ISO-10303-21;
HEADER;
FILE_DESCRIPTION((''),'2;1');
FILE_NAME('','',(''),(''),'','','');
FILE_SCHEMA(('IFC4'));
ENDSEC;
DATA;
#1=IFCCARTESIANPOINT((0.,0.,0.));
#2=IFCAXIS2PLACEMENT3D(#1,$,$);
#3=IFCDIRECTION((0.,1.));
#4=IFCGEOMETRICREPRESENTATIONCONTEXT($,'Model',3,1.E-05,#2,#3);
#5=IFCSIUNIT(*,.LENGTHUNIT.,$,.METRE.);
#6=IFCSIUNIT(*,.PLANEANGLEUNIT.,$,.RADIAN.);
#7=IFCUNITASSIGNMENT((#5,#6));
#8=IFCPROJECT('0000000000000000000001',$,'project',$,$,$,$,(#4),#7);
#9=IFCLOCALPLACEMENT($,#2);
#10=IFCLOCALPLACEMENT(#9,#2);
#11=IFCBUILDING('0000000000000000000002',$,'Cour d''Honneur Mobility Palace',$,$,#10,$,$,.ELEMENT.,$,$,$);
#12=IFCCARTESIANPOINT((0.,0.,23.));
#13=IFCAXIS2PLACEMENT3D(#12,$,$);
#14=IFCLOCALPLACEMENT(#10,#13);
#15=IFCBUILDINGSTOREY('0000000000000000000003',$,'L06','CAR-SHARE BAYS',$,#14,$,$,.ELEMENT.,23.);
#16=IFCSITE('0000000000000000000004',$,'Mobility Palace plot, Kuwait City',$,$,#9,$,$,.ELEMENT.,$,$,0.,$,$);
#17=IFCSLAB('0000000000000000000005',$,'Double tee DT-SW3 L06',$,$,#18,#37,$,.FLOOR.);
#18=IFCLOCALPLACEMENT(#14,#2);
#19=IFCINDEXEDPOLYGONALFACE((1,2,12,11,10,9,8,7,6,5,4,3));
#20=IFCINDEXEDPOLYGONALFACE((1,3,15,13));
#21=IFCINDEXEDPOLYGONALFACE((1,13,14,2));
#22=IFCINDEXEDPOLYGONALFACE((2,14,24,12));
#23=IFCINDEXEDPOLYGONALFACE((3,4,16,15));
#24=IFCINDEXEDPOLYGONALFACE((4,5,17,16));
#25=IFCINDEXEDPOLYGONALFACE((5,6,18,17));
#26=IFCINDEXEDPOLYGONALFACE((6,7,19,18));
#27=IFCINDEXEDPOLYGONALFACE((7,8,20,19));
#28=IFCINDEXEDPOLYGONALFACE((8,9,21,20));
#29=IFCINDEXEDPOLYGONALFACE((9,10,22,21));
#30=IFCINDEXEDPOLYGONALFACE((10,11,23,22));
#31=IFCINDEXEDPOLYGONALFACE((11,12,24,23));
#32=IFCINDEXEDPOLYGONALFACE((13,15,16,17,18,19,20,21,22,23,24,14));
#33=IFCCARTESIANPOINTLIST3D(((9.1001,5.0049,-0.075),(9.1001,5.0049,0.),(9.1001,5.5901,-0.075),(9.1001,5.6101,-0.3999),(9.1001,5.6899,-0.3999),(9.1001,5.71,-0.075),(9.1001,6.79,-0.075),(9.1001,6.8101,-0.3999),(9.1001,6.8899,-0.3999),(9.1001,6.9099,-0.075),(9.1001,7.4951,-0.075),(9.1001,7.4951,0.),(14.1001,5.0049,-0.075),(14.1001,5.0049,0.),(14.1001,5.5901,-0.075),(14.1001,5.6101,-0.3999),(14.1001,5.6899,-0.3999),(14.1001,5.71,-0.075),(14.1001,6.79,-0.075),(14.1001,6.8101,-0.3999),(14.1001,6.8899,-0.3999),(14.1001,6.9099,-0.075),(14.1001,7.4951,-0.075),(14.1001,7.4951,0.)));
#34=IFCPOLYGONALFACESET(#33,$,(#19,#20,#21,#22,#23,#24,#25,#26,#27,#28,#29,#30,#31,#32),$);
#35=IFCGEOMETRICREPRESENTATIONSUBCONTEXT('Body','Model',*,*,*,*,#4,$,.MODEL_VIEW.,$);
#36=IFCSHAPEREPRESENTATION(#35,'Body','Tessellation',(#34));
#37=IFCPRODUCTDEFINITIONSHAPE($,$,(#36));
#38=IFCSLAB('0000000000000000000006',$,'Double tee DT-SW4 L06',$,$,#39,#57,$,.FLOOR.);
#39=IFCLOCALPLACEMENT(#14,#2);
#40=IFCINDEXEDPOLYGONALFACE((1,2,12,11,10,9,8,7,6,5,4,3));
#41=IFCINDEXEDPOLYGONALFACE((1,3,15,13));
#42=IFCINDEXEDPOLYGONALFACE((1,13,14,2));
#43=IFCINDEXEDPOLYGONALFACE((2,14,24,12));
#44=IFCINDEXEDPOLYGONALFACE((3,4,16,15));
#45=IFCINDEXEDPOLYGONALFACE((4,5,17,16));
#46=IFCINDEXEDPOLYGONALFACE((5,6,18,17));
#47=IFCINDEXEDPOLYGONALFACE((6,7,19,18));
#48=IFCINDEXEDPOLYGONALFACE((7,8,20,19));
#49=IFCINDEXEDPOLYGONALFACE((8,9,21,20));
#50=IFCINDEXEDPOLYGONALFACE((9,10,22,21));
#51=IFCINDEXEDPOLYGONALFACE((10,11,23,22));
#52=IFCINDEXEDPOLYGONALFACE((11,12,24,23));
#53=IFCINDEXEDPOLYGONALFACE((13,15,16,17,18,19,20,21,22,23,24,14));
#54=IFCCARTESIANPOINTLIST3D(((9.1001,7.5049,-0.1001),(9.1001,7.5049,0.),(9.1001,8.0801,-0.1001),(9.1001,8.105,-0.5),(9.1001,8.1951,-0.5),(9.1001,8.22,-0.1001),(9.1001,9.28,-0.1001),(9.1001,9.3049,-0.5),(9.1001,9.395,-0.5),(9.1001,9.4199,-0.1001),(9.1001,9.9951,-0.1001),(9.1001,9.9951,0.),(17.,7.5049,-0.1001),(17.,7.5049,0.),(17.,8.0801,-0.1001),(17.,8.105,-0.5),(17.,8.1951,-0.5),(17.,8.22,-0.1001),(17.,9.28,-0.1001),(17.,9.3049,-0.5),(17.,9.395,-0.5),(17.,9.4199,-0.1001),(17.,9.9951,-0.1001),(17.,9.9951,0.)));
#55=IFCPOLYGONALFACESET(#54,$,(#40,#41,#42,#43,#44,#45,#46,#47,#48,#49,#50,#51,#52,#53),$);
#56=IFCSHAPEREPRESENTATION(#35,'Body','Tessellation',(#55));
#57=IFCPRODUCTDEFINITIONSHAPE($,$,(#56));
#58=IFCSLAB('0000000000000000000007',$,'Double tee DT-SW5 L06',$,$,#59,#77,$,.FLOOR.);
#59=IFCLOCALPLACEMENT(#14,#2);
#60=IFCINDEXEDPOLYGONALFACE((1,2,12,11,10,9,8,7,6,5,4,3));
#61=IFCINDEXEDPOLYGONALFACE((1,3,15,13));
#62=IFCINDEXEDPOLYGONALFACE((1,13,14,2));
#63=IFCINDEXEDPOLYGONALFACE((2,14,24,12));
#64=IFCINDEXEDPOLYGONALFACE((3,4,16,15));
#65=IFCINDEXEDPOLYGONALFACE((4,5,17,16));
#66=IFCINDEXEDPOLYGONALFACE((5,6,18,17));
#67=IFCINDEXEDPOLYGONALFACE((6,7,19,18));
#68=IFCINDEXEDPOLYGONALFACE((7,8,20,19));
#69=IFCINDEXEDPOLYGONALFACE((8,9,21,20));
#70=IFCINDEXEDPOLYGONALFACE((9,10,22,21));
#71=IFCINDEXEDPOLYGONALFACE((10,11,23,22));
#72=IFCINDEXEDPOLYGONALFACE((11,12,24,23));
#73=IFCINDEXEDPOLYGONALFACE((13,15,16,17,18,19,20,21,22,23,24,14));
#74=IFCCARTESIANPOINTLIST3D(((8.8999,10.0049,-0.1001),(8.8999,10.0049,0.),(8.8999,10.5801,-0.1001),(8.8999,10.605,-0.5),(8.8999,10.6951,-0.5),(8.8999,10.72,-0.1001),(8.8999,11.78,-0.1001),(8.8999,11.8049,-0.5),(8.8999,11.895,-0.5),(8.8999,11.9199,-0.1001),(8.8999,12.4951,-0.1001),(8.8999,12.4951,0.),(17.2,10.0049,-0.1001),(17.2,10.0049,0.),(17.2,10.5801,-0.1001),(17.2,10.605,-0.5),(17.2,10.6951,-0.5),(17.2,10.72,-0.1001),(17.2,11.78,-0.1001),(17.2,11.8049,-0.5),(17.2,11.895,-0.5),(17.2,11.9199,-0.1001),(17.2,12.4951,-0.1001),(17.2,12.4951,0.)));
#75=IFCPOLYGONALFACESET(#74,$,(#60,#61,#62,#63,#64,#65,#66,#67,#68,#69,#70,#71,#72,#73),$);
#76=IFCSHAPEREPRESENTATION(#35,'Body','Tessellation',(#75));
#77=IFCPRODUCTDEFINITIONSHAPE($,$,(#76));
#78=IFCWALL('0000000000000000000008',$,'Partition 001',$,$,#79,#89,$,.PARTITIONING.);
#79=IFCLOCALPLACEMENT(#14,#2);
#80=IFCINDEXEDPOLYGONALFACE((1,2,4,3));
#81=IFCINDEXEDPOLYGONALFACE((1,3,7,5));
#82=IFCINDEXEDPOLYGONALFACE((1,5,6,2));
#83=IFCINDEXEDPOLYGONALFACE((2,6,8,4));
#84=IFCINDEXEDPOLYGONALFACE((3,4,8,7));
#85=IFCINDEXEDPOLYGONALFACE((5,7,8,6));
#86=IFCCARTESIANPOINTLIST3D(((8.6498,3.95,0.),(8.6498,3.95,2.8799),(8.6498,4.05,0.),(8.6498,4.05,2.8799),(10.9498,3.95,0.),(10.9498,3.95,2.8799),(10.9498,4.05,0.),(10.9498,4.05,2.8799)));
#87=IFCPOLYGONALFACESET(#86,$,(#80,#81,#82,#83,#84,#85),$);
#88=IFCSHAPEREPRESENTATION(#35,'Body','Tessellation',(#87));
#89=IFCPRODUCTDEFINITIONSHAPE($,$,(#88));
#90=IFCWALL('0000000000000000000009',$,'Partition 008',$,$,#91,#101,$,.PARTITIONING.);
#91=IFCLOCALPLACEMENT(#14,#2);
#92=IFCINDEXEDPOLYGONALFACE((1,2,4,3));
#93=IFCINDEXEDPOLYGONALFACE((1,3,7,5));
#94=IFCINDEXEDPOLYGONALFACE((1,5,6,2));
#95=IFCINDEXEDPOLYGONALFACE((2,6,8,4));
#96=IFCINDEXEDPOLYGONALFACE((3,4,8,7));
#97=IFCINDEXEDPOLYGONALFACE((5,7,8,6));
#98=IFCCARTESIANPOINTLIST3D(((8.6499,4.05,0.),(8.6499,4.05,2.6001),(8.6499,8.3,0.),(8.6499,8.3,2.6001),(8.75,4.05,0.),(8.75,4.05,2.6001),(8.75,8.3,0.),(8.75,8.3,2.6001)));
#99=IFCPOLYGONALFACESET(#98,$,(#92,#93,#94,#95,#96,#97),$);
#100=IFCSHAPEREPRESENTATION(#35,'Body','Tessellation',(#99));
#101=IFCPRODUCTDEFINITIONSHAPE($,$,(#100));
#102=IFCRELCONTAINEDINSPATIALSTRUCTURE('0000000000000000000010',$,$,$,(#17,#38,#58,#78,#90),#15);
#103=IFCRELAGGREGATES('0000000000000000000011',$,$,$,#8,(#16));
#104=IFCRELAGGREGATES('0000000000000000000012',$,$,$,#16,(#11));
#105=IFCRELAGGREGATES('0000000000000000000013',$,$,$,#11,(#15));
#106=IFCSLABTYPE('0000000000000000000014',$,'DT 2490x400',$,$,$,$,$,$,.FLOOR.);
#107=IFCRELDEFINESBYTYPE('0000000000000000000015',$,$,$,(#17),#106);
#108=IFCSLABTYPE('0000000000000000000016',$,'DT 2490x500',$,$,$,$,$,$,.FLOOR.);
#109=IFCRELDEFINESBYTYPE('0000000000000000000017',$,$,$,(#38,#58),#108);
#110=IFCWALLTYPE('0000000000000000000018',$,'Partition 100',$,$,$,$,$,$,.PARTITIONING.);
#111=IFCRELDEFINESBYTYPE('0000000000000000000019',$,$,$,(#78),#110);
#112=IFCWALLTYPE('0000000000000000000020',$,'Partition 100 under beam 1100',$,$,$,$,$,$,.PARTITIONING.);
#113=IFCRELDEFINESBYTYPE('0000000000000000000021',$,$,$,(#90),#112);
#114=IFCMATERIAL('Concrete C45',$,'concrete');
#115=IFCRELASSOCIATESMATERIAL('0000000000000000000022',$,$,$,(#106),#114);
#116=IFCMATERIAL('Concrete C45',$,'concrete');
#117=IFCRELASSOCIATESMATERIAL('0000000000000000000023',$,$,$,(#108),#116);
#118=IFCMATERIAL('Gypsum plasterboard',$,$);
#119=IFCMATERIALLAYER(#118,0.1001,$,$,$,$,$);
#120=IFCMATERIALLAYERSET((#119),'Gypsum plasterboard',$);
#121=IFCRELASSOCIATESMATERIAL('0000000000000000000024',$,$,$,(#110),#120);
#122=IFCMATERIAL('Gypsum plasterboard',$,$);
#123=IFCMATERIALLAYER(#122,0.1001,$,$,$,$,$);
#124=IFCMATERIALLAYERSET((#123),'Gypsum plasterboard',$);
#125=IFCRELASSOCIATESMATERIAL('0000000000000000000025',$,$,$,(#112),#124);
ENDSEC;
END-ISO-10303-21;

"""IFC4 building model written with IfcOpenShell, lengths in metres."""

from ifc_helpers import new_model, si_unit, direction, frame, frame_2d, origin, place, context, subcontext, project, spatial, polyline, rectangle, outline, extrude, material, layer, layer_set, material_profile, profile_set, type_object, element, save


model = new_model("IFC4")

# Units and contexts
model_context = context("Model", 3, precision=1e-05, world=origin(), true_north=direction((0.0, 1.0)))
body_context = subcontext(model_context, "Body", "Model", "MODEL_VIEW")
ifc_project = project(units=[si_unit("LENGTHUNIT", "METRE"), si_unit("PLANEANGLEUNIT", "RADIAN")], contexts=[model_context])

# Site, building, storey
site_placement = place(None, origin())
site = spatial("IfcSite", under=ifc_project, at=site_placement, Name="Mobility Palace plot, Kuwait City", CompositionType="ELEMENT", RefElevation=0.0)
building_placement = place(site_placement, origin())
building = spatial("IfcBuilding", under=site, at=building_placement, Name="Cour d'Honneur Mobility Palace", CompositionType="ELEMENT")
storey_placement = place(building_placement, frame((0.0, 0.0, 23.0)))
storey = spatial("IfcBuildingStorey", under=building, at=storey_placement, Name="L06", Description="CAR-SHARE BAYS", CompositionType="ELEMENT", Elevation=23.0)

# Slabs
ifc_material_1 = material(Name="Concrete C45", Category="concrete")
ifc_material_profile_1 = material_profile(ifc_material_1, outline(polyline([(-1.2451, 0.0), (1.2451, 0.0), (1.2451, -0.075), (0.6599, -0.075), (0.6399, -0.3999), (0.5601, -0.3999), (0.54, -0.075), (-0.54, -0.075), (-0.5601, -0.3999), (-0.6399, -0.3999), (-0.6599, -0.075), (-1.2451, -0.075), (-1.2451, 0.0)])), Name="DT 2490x400")
ifc_profile_set_1 = profile_set([ifc_material_profile_1], Name="Concrete C45")
slab_type_1 = type_object("IfcSlabType", Name="DT 2490x400", PredefinedType="FLOOR", material=ifc_profile_set_1)
slab_1_placement = place(storey_placement, frame((9.1001, 6.25, 0.0), z_axis=(1.0, 0.0, 0.0), x_axis=(0.0, 1.0, 0.0)))
element("IfcSlab", 1, at=slab_1_placement, inside=storey, type_object=slab_type_1, Name="Double tee DT-SW3 L06", PredefinedType="FLOOR", context=body_context, shape_type="SweptSolid", body=[
    extrude(outline(polyline([(-1.2451, 0.0), (1.2451, 0.0), (1.2451, -0.075), (0.6599, -0.075), (0.6399, -0.3999), (0.5601, -0.3999), (0.54, -0.075), (-0.54, -0.075), (-0.5601, -0.3999), (-0.6399, -0.3999), (-0.6599, -0.075), (-1.2451, -0.075), (-1.2451, 0.0)])), origin(), (0.0, 0.0, 1.0), 5.0),
])
ifc_material_2 = material(Name="Concrete C45", Category="concrete")
ifc_material_profile_2 = material_profile(ifc_material_2, outline(polyline([(-1.2451, 0.0), (1.2451, 0.0), (1.2451, -0.1001), (0.6699, -0.1001), (0.645, -0.5), (0.5549, -0.5), (0.53, -0.1001), (-0.53, -0.1001), (-0.5549, -0.5), (-0.645, -0.5), (-0.6699, -0.1001), (-1.2451, -0.1001), (-1.2451, 0.0)])), Name="DT 2490x500")
ifc_profile_set_2 = profile_set([ifc_material_profile_2], Name="Concrete C45")
slab_type_2 = type_object("IfcSlabType", Name="DT 2490x500", PredefinedType="FLOOR", material=ifc_profile_set_2)
slab_2_placement = place(storey_placement, frame((9.1001, 8.75, 0.0), z_axis=(1.0, 0.0, 0.0), x_axis=(0.0, 1.0, 0.0)))
element("IfcSlab", 2, at=slab_2_placement, inside=storey, type_object=slab_type_2, Name="Double tee DT-SW4 L06", PredefinedType="FLOOR", context=body_context, shape_type="SweptSolid", body=[
    extrude(outline(polyline([(-1.2451, 0.0), (1.2451, 0.0), (1.2451, -0.1001), (0.6699, -0.1001), (0.645, -0.5), (0.5549, -0.5), (0.53, -0.1001), (-0.53, -0.1001), (-0.5549, -0.5), (-0.645, -0.5), (-0.6699, -0.1001), (-1.2451, -0.1001), (-1.2451, 0.0)])), origin(), (0.0, 0.0, 1.0), 7.8999),
])
slab_3_placement = place(storey_placement, frame((8.8999, 11.25, 0.0), z_axis=(1.0, 0.0, 0.0), x_axis=(0.0, 1.0, 0.0)))
element("IfcSlab", 3, at=slab_3_placement, inside=storey, type_object=slab_type_2, Name="Double tee DT-SW5 L06", PredefinedType="FLOOR", context=body_context, shape_type="SweptSolid", body=[
    extrude(outline(polyline([(-1.2451, 0.0), (1.2451, 0.0), (1.2451, -0.1001), (0.6699, -0.1001), (0.645, -0.5), (0.5549, -0.5), (0.53, -0.1001), (-0.53, -0.1001), (-0.5549, -0.5), (-0.645, -0.5), (-0.6699, -0.1001), (-1.2451, -0.1001), (-1.2451, 0.0)])), origin(), (0.0, 0.0, 1.0), 8.3),
])

# Walls
ifc_material_3 = material(Name="Gypsum plasterboard")
ifc_layer_1 = layer(ifc_material_3, 0.1001)
ifc_layer_set_1 = layer_set([ifc_layer_1], Name="Gypsum plasterboard")
wall_type_1 = type_object("IfcWallType", Name="Partition 100", PredefinedType="PARTITIONING", material=ifc_layer_set_1)
wall_1_placement = place(storey_placement, frame((8.6499, 4.0, 0.0), z_axis=(0.0, 0.0, 1.0), x_axis=(1.0, 0.0, 0.0)))
element("IfcWall", 4, at=wall_1_placement, inside=storey, type_object=wall_type_1, Name="Partition 001", PredefinedType="PARTITIONING", context=body_context, shape_type="SweptSolid", body=[
    extrude(rectangle(XDim=2.3, YDim=0.1001, at=frame_2d((1.1499, 0.0))), origin(), (0.0, 0.0, 1.0), 2.8799),
])
ifc_material_4 = material(Name="Gypsum plasterboard")
ifc_layer_2 = layer(ifc_material_4, 0.1001)
ifc_layer_set_2 = layer_set([ifc_layer_2], Name="Gypsum plasterboard")
wall_type_2 = type_object("IfcWallType", Name="Partition 100 under beam 1100", PredefinedType="PARTITIONING", material=ifc_layer_set_2)
wall_2_placement = place(storey_placement, frame((8.7, 8.3, 0.0), z_axis=(0.0, 0.0, 1.0), x_axis=(0.0, -1.0, 0.0)))
element("IfcWall", 5, at=wall_2_placement, inside=storey, type_object=wall_type_2, Name="Partition 008", PredefinedType="PARTITIONING", context=body_context, shape_type="SweptSolid", body=[
    extrude(rectangle(XDim=4.25, YDim=0.1001, at=frame_2d((2.125, 0.0))), origin(), (0.0, 0.0, 1.0), 2.6001),
])

save(model, "model.ifc")
